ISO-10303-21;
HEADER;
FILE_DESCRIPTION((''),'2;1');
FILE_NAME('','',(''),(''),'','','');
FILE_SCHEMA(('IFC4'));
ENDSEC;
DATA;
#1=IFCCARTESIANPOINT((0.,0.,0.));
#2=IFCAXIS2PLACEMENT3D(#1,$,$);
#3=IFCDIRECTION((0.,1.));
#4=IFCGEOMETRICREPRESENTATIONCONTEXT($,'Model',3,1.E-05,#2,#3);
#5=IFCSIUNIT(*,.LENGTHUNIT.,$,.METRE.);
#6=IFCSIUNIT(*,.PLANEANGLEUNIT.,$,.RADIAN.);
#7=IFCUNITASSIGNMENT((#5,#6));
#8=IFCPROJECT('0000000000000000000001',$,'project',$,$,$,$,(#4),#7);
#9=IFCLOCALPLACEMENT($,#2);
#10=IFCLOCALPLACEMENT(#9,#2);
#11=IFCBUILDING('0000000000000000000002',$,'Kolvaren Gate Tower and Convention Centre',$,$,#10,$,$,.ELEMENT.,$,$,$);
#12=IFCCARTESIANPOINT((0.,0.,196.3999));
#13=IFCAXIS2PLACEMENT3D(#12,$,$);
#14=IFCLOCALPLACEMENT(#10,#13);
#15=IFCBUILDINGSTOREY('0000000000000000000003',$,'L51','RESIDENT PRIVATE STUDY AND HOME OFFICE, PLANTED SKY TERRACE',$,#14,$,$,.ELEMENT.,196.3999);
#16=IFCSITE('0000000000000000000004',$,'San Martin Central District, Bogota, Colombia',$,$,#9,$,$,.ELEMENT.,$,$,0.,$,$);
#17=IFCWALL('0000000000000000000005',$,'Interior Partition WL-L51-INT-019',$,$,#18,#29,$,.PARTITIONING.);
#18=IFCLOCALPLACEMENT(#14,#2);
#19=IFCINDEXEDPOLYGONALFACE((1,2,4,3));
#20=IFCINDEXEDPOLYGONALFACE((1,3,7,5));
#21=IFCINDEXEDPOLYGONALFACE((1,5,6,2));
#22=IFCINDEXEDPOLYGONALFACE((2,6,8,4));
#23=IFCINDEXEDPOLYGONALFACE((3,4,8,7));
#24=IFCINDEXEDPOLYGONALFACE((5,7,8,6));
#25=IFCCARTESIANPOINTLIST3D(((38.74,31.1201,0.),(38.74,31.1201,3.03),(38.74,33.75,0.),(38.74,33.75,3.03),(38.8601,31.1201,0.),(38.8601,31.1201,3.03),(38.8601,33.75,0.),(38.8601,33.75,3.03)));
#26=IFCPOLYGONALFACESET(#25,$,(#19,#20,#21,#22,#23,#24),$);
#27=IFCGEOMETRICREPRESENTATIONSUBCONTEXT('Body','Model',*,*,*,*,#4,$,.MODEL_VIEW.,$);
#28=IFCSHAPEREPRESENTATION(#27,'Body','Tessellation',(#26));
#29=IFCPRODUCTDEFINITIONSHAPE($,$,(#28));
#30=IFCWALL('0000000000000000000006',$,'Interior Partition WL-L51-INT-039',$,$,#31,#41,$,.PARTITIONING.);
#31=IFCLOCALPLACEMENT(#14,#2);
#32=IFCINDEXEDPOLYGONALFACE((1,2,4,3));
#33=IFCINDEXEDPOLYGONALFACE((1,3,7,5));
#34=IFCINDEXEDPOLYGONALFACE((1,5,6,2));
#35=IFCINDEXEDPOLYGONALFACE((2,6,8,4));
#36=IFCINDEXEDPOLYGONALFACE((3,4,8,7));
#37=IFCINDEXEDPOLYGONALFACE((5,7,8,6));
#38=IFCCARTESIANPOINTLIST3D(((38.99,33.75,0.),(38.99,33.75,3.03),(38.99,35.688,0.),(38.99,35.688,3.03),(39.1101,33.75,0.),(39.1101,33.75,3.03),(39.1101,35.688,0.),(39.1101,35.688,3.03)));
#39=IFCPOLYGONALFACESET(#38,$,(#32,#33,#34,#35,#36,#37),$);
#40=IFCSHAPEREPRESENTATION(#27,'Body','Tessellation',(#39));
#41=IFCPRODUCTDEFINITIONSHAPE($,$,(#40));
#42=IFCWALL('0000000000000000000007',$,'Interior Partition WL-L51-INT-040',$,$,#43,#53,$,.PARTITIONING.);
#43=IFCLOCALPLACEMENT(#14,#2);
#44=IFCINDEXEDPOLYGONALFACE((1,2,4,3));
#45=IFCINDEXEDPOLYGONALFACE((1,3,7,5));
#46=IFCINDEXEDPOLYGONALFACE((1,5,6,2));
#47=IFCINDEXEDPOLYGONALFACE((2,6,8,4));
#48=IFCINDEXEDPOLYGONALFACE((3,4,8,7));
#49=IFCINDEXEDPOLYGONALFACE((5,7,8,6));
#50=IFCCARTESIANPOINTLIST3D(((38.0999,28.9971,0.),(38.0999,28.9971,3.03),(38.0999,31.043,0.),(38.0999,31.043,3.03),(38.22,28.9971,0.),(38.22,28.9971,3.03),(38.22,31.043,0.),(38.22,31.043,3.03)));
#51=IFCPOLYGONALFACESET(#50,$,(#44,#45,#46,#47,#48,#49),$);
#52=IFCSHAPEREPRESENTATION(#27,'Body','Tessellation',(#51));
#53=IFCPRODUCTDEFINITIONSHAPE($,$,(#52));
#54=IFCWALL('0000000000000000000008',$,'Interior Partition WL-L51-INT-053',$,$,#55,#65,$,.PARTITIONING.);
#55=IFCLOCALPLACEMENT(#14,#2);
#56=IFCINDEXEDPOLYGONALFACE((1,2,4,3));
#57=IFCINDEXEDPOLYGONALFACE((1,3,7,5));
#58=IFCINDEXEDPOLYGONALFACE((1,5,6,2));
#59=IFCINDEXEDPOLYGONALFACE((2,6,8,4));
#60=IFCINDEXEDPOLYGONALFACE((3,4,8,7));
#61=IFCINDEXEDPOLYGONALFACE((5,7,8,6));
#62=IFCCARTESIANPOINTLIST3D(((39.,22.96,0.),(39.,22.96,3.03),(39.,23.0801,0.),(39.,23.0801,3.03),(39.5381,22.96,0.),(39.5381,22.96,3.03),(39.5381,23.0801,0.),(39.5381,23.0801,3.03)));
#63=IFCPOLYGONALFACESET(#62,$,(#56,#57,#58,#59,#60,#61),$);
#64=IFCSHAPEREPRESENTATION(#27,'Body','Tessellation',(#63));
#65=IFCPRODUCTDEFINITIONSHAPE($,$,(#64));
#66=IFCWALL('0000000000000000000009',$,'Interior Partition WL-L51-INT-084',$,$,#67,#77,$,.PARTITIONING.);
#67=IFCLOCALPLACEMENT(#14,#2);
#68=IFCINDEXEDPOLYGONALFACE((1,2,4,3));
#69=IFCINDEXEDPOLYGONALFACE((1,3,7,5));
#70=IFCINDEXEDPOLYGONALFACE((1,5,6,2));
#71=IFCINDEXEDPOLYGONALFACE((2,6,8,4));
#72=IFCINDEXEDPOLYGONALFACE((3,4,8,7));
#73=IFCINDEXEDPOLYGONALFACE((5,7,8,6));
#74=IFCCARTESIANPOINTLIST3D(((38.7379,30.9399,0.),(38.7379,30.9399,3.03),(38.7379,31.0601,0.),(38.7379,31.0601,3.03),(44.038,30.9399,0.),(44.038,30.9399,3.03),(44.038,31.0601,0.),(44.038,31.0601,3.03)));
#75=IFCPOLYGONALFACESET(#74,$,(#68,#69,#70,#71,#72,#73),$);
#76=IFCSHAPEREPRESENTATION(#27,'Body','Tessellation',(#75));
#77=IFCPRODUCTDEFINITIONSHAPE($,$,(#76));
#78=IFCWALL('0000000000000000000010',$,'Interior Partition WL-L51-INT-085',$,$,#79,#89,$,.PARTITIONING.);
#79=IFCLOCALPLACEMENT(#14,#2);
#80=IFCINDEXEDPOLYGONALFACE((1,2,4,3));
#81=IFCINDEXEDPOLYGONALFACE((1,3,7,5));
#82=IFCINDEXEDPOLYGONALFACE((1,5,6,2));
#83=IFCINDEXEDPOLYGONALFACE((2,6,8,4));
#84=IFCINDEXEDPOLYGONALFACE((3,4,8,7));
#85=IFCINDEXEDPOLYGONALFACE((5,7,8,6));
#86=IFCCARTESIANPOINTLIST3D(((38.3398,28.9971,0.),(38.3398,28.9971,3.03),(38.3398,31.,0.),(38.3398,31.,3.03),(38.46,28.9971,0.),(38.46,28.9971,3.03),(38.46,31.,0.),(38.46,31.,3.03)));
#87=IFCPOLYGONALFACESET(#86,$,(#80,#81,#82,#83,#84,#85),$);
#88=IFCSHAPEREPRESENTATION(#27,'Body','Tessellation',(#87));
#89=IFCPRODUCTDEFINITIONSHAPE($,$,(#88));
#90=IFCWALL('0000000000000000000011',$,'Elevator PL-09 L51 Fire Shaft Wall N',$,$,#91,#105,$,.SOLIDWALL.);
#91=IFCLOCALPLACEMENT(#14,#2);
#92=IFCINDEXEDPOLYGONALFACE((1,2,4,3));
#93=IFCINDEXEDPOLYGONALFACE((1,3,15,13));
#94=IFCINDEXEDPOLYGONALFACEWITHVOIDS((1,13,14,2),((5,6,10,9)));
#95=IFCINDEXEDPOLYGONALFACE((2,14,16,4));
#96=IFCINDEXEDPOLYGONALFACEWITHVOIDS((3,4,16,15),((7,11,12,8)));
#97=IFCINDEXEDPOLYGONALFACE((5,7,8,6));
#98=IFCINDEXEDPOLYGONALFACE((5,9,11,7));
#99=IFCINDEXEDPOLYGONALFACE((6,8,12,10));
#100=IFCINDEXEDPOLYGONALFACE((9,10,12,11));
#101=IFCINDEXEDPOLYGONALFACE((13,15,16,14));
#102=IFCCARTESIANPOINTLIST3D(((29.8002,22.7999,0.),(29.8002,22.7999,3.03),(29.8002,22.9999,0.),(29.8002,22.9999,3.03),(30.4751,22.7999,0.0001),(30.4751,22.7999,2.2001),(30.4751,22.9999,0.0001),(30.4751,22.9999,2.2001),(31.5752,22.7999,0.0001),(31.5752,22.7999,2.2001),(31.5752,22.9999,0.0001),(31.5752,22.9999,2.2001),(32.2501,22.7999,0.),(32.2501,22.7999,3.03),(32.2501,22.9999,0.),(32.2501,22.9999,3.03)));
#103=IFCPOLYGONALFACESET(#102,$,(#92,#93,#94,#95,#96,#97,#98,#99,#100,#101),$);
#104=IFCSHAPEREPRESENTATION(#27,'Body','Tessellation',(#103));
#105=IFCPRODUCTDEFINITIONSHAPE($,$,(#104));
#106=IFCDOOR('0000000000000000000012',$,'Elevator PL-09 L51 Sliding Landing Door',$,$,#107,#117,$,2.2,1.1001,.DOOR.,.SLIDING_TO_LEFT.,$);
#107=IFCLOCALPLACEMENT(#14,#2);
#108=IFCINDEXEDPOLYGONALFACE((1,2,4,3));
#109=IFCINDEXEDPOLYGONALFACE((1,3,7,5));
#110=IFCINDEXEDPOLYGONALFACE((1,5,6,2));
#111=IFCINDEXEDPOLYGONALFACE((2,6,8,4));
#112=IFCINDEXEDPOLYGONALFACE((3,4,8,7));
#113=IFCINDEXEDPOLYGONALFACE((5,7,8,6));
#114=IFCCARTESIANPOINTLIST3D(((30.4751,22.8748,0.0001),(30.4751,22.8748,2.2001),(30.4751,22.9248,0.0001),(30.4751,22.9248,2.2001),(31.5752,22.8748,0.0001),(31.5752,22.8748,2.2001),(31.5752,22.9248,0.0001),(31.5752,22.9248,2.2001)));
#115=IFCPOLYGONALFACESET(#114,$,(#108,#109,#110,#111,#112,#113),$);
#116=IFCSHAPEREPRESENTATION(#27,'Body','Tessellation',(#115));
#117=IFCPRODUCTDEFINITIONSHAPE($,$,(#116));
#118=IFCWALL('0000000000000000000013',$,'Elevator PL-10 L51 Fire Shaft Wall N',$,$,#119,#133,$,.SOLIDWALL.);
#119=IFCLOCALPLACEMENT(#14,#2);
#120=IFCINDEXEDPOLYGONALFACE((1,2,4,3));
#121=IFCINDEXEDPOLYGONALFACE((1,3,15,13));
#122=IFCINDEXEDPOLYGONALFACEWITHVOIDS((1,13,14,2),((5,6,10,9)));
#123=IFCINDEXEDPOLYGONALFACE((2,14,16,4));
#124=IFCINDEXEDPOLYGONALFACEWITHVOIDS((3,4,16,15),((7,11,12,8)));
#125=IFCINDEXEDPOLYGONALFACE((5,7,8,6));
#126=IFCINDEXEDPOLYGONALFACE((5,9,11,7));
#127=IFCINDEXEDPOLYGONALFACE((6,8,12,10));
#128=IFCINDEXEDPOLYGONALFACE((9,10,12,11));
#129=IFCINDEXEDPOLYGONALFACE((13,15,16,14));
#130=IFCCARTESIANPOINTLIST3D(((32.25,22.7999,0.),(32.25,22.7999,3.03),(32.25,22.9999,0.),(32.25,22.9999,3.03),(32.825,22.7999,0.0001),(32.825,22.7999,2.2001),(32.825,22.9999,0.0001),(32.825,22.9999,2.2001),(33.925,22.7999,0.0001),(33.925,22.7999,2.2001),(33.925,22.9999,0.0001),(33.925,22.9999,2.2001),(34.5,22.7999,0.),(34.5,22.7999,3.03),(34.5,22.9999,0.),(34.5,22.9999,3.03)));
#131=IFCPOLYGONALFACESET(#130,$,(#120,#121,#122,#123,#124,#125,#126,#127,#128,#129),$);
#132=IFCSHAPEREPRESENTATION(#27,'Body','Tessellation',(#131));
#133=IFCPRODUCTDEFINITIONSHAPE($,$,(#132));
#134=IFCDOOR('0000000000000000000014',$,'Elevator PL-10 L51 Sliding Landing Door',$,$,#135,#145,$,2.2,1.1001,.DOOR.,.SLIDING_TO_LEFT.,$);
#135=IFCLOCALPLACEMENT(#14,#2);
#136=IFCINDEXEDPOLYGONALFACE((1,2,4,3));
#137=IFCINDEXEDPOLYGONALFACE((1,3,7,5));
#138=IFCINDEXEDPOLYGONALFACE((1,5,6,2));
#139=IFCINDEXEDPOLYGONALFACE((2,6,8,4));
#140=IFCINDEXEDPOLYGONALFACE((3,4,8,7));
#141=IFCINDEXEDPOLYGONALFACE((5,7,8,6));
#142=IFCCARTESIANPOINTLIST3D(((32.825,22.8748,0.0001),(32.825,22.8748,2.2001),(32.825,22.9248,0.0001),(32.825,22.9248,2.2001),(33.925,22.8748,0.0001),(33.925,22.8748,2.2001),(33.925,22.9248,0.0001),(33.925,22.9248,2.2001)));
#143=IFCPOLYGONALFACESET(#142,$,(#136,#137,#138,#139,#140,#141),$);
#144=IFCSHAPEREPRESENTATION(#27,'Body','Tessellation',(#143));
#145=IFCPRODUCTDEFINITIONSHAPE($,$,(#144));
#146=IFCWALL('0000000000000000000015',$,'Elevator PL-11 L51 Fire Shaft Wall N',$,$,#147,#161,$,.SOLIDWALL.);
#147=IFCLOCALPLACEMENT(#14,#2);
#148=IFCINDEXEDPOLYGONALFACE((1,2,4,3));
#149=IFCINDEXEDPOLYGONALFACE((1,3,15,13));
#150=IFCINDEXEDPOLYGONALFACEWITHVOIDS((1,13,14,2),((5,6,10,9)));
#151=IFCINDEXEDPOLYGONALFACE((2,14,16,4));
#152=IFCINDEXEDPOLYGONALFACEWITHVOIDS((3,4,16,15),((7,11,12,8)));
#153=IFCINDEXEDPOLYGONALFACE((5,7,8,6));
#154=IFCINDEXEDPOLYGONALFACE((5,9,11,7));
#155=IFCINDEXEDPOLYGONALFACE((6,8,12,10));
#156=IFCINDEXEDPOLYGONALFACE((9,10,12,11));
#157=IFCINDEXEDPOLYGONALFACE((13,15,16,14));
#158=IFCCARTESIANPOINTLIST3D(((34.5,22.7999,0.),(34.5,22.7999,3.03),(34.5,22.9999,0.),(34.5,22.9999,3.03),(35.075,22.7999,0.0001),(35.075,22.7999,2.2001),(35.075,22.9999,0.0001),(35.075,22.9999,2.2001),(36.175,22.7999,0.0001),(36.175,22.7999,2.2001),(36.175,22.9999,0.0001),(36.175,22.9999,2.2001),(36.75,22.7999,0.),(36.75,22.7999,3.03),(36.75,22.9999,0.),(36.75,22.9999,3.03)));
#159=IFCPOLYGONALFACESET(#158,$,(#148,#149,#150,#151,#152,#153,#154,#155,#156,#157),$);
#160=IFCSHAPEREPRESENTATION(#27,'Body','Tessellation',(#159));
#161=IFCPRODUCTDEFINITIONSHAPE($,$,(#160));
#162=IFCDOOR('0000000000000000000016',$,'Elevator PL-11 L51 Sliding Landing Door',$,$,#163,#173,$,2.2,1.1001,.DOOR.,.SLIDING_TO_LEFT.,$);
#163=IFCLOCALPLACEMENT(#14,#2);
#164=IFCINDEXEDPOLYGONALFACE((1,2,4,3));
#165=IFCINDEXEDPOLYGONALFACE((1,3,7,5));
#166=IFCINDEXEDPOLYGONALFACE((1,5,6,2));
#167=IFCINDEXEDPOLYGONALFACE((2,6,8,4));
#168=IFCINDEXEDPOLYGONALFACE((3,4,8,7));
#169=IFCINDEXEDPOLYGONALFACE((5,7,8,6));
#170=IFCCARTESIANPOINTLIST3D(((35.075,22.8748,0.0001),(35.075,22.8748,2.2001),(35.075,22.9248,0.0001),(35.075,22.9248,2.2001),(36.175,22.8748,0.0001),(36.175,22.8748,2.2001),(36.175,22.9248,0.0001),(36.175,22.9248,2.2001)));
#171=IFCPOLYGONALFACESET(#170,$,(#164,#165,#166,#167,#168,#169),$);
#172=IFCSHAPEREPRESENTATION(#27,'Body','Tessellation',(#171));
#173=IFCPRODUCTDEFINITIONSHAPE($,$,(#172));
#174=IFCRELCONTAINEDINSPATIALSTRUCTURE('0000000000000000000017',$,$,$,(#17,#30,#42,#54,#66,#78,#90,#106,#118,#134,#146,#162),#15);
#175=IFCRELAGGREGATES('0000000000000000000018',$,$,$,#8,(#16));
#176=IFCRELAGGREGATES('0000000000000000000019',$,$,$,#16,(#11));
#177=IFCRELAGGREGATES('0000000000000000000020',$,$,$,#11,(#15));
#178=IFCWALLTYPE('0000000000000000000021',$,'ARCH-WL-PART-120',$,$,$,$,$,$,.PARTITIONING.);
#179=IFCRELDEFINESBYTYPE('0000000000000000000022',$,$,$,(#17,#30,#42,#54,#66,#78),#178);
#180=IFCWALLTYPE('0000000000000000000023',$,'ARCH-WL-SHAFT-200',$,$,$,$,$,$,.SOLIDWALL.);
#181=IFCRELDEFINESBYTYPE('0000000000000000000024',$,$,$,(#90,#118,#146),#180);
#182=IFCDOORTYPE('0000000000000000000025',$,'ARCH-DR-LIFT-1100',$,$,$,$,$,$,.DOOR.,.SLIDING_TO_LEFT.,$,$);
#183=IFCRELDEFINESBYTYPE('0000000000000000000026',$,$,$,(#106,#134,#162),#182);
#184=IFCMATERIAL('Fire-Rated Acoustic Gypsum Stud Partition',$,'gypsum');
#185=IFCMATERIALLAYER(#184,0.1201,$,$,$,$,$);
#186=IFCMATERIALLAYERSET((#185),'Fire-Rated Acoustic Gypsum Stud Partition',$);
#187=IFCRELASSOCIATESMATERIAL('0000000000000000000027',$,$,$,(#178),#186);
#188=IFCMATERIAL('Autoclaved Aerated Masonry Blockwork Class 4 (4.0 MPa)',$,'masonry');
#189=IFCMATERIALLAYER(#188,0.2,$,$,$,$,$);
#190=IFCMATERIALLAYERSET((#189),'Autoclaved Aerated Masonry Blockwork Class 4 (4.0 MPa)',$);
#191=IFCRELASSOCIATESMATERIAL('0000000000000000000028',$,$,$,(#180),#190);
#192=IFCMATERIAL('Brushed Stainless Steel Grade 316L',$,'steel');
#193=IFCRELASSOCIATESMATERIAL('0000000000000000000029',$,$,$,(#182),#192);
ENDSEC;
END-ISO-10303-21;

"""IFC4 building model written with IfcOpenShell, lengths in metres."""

from ifc_helpers import new_model, si_unit, direction, frame, frame_2d, origin, place, context, subcontext, project, spatial, rectangle, extrude, material, layer, layer_set, type_object, element, fill, save


model = new_model("IFC4")

# Units and contexts
model_context = context("Model", 3, precision=1e-05, world=origin(), true_north=direction((0.0, 1.0)))
body_context = subcontext(model_context, "Body", "Model", "MODEL_VIEW")
ifc_project = project(units=[si_unit("LENGTHUNIT", "METRE"), si_unit("PLANEANGLEUNIT", "RADIAN")], contexts=[model_context])

# Site, building, storey
site_placement = place(None, origin())
site = spatial("IfcSite", under=ifc_project, at=site_placement, Name="San Martin Central District, Bogota, Colombia", CompositionType="ELEMENT", RefElevation=0.0)
building_placement = place(site_placement, origin())
building = spatial("IfcBuilding", under=site, at=building_placement, Name="Kolvaren Gate Tower and Convention Centre", CompositionType="ELEMENT")
storey_placement = place(building_placement, frame((0.0, 0.0, 196.3999)))
storey = spatial("IfcBuildingStorey", under=building, at=storey_placement, Name="L51", Description="RESIDENT PRIVATE STUDY AND HOME OFFICE, PLANTED SKY TERRACE", CompositionType="ELEMENT", Elevation=196.3999)

# Walls
ifc_material_1 = material(Name="Fire-Rated Acoustic Gypsum Stud Partition", Category="gypsum")
ifc_layer_1 = layer(ifc_material_1, 0.1201)
ifc_layer_set_1 = layer_set([ifc_layer_1], Name="Fire-Rated Acoustic Gypsum Stud Partition")
wall_type_1 = type_object("IfcWallType", Name="ARCH-WL-PART-120", PredefinedType="PARTITIONING", material=ifc_layer_set_1)
wall_1_placement = place(storey_placement, frame((38.8, 31.1201, 0.0), z_axis=(0.0, 0.0, 1.0), x_axis=(0.0, 1.0, 0.0)))
element("IfcWall", 1, at=wall_1_placement, inside=storey, type_object=wall_type_1, Name="Interior Partition WL-L51-INT-019", PredefinedType="PARTITIONING", context=body_context, shape_type="SweptSolid", body=[
    extrude(rectangle(XDim=2.6299, YDim=0.1201, at=frame_2d((1.3149, 0.0))), origin(), (0.0, 0.0, 1.0), 3.03),
])
wall_2_placement = place(storey_placement, frame((39.05, 33.75, 0.0), z_axis=(0.0, 0.0, 1.0), x_axis=(0.0, 1.0, 0.0)))
element("IfcWall", 2, at=wall_2_placement, inside=storey, type_object=wall_type_1, Name="Interior Partition WL-L51-INT-039", PredefinedType="PARTITIONING", context=body_context, shape_type="SweptSolid", body=[
    extrude(rectangle(XDim=1.938, YDim=0.1201, at=frame_2d((0.969, 0.0))), origin(), (0.0, 0.0, 1.0), 3.03),
])
wall_3_placement = place(storey_placement, frame((38.1599, 28.9971, 0.0), z_axis=(0.0, 0.0, 1.0), x_axis=(0.0, 1.0, 0.0)))
element("IfcWall", 3, at=wall_3_placement, inside=storey, type_object=wall_type_1, Name="Interior Partition WL-L51-INT-040", PredefinedType="PARTITIONING", context=body_context, shape_type="SweptSolid", body=[
    extrude(rectangle(XDim=2.0459, YDim=0.1201, at=frame_2d((1.0229, 0.0))), origin(), (0.0, 0.0, 1.0), 3.03),
])
wall_4_placement = place(storey_placement, frame((39.0, 23.02, 0.0), z_axis=(0.0, 0.0, 1.0), x_axis=(1.0, 0.0, 0.0)))
element("IfcWall", 4, at=wall_4_placement, inside=storey, type_object=wall_type_1, Name="Interior Partition WL-L51-INT-053", PredefinedType="PARTITIONING", context=body_context, shape_type="SweptSolid", body=[
    extrude(rectangle(XDim=0.5381, YDim=0.1201, at=frame_2d((0.269, 0.0))), origin(), (0.0, 0.0, 1.0), 3.03),
])
wall_5_placement = place(storey_placement, frame((38.738, 31.0, 0.0), z_axis=(0.0, 0.0, 1.0), x_axis=(1.0, 0.0, 0.0)))
element("IfcWall", 5, at=wall_5_placement, inside=storey, type_object=wall_type_1, Name="Interior Partition WL-L51-INT-084", PredefinedType="PARTITIONING", context=body_context, shape_type="SweptSolid", body=[
    extrude(rectangle(XDim=5.3, YDim=0.1201, at=frame_2d((2.6499, 0.0))), origin(), (0.0, 0.0, 1.0), 3.03),
])
wall_6_placement = place(storey_placement, frame((38.3999, 28.9971, 0.0), z_axis=(0.0, 0.0, 1.0), x_axis=(0.0, 1.0, 0.0)))
element("IfcWall", 6, at=wall_6_placement, inside=storey, type_object=wall_type_1, Name="Interior Partition WL-L51-INT-085", PredefinedType="PARTITIONING", context=body_context, shape_type="SweptSolid", body=[
    extrude(rectangle(XDim=2.0029, YDim=0.1201, at=frame_2d((1.0015, 0.0))), origin(), (0.0, 0.0, 1.0), 3.03),
])

# Walls, openings, doors
ifc_material_2 = material(Name="Autoclaved Aerated Masonry Blockwork Class 4 (4.0 MPa)", Category="masonry")
ifc_layer_2 = layer(ifc_material_2, 0.2)
ifc_layer_set_2 = layer_set([ifc_layer_2], Name="Autoclaved Aerated Masonry Blockwork Class 4 (4.0 MPa)")
wall_type_2 = type_object("IfcWallType", Name="ARCH-WL-SHAFT-200", PredefinedType="SOLIDWALL", material=ifc_layer_set_2)
wall_7_placement = place(storey_placement, frame((29.8, 22.8999, 0.0), z_axis=(0.0, 0.0, 1.0), x_axis=(1.0, 0.0, 0.0)))
wall_7 = element("IfcWall", 7, at=wall_7_placement, inside=storey, type_object=wall_type_2, Name="Elevator PL-09 L51 Fire Shaft Wall N", PredefinedType="SOLIDWALL", context=body_context, shape_type="SweptSolid", body=[
    extrude(rectangle(XDim=2.45, YDim=0.2, at=frame_2d((1.2251, 0.0))), origin(), (0.0, 0.0, 1.0), 3.03),
])
opening_1_placement = place(wall_7_placement, frame((0.675, 0.0, 0.0)))
opening_1 = element("IfcOpeningElement", 8, at=opening_1_placement, cuts=wall_7, PredefinedType="OPENING", context=body_context, shape_type="SweptSolid", body=[
    extrude(rectangle(XDim=1.1001, YDim=2.2, at=frame_2d((0.55, 1.1001))), frame((0.0, 0.1099, 0.0), z_axis=(0.0, -1.0, 0.0), x_axis=(1.0, 0.0, 0.0)), (0.0, 0.0, 1.0), 0.22),
])
ifc_material_3 = material(Name="Brushed Stainless Steel Grade 316L", Category="steel")
door_type_1 = type_object("IfcDoorType", Name="ARCH-DR-LIFT-1100", OperationType="SLIDING_TO_LEFT", PredefinedType="DOOR", material=ifc_material_3)
door_1_placement = place(opening_1_placement, origin())
door_1 = element("IfcDoor", 9, at=door_1_placement, inside=storey, type_object=door_type_1, Name="Elevator PL-09 L51 Sliding Landing Door", OperationType="SLIDING_TO_LEFT", OverallHeight=2.2, OverallWidth=1.1001, PredefinedType="DOOR", context=body_context, shape_type="SweptSolid", body=[
    extrude(rectangle(XDim=1.1001, YDim=2.2, at=frame_2d((0.55, 1.1001))), frame((0.0, 0.0249, 0.0), z_axis=(0.0, -1.0, 0.0), x_axis=(1.0, 0.0, 0.0)), (0.0, 0.0, 1.0), 0.05),
])
fill(opening_1, door_1)
wall_8_placement = place(storey_placement, frame((32.25, 22.8999, 0.0), z_axis=(0.0, 0.0, 1.0), x_axis=(1.0, 0.0, 0.0)))
wall_8 = element("IfcWall", 10, at=wall_8_placement, inside=storey, type_object=wall_type_2, Name="Elevator PL-10 L51 Fire Shaft Wall N", PredefinedType="SOLIDWALL", context=body_context, shape_type="SweptSolid", body=[
    extrude(rectangle(XDim=2.25, YDim=0.2, at=frame_2d((1.125, 0.0))), origin(), (0.0, 0.0, 1.0), 3.03),
])
opening_2_placement = place(wall_8_placement, frame((0.575, 0.0, 0.0)))
opening_2 = element("IfcOpeningElement", 11, at=opening_2_placement, cuts=wall_8, PredefinedType="OPENING", context=body_context, shape_type="SweptSolid", body=[
    extrude(rectangle(XDim=1.1001, YDim=2.2, at=frame_2d((0.55, 1.1001))), frame((0.0, 0.1099, 0.0), z_axis=(0.0, -1.0, 0.0), x_axis=(1.0, 0.0, 0.0)), (0.0, 0.0, 1.0), 0.22),
])
door_2_placement = place(opening_2_placement, origin())
door_2 = element("IfcDoor", 12, at=door_2_placement, inside=storey, type_object=door_type_1, Name="Elevator PL-10 L51 Sliding Landing Door", OperationType="SLIDING_TO_LEFT", OverallHeight=2.2, OverallWidth=1.1001, PredefinedType="DOOR", context=body_context, shape_type="SweptSolid", body=[
    extrude(rectangle(XDim=1.1001, YDim=2.2, at=frame_2d((0.55, 1.1001))), frame((0.0, 0.0249, 0.0), z_axis=(0.0, -1.0, 0.0), x_axis=(1.0, 0.0, 0.0)), (0.0, 0.0, 1.0), 0.05),
])
fill(opening_2, door_2)
wall_9_placement = place(storey_placement, frame((34.5, 22.8999, 0.0), z_axis=(0.0, 0.0, 1.0), x_axis=(1.0, 0.0, 0.0)))
wall_9 = element("IfcWall", 13, at=wall_9_placement, inside=storey, type_object=wall_type_2, Name="Elevator PL-11 L51 Fire Shaft Wall N", PredefinedType="SOLIDWALL", context=body_context, shape_type="SweptSolid", body=[
    extrude(rectangle(XDim=2.25, YDim=0.2, at=frame_2d((1.125, 0.0))), origin(), (0.0, 0.0, 1.0), 3.03),
])
opening_3_placement = place(wall_9_placement, frame((0.575, 0.0, 0.0)))
opening_3 = element("IfcOpeningElement", 14, at=opening_3_placement, cuts=wall_9, PredefinedType="OPENING", context=body_context, shape_type="SweptSolid", body=[
    extrude(rectangle(XDim=1.1001, YDim=2.2, at=frame_2d((0.55, 1.1001))), frame((0.0, 0.1099, 0.0), z_axis=(0.0, -1.0, 0.0), x_axis=(1.0, 0.0, 0.0)), (0.0, 0.0, 1.0), 0.22),
])
door_3_placement = place(opening_3_placement, origin())
door_3 = element("IfcDoor", 15, at=door_3_placement, inside=storey, type_object=door_type_1, Name="Elevator PL-11 L51 Sliding Landing Door", OperationType="SLIDING_TO_LEFT", OverallHeight=2.2, OverallWidth=1.1001, PredefinedType="DOOR", context=body_context, shape_type="SweptSolid", body=[
    extrude(rectangle(XDim=1.1001, YDim=2.2, at=frame_2d((0.55, 1.1001))), frame((0.0, 0.0249, 0.0), z_axis=(0.0, -1.0, 0.0), x_axis=(1.0, 0.0, 0.0)), (0.0, 0.0, 1.0), 0.05),
])
fill(opening_3, door_3)

save(model, "model.ifc")
